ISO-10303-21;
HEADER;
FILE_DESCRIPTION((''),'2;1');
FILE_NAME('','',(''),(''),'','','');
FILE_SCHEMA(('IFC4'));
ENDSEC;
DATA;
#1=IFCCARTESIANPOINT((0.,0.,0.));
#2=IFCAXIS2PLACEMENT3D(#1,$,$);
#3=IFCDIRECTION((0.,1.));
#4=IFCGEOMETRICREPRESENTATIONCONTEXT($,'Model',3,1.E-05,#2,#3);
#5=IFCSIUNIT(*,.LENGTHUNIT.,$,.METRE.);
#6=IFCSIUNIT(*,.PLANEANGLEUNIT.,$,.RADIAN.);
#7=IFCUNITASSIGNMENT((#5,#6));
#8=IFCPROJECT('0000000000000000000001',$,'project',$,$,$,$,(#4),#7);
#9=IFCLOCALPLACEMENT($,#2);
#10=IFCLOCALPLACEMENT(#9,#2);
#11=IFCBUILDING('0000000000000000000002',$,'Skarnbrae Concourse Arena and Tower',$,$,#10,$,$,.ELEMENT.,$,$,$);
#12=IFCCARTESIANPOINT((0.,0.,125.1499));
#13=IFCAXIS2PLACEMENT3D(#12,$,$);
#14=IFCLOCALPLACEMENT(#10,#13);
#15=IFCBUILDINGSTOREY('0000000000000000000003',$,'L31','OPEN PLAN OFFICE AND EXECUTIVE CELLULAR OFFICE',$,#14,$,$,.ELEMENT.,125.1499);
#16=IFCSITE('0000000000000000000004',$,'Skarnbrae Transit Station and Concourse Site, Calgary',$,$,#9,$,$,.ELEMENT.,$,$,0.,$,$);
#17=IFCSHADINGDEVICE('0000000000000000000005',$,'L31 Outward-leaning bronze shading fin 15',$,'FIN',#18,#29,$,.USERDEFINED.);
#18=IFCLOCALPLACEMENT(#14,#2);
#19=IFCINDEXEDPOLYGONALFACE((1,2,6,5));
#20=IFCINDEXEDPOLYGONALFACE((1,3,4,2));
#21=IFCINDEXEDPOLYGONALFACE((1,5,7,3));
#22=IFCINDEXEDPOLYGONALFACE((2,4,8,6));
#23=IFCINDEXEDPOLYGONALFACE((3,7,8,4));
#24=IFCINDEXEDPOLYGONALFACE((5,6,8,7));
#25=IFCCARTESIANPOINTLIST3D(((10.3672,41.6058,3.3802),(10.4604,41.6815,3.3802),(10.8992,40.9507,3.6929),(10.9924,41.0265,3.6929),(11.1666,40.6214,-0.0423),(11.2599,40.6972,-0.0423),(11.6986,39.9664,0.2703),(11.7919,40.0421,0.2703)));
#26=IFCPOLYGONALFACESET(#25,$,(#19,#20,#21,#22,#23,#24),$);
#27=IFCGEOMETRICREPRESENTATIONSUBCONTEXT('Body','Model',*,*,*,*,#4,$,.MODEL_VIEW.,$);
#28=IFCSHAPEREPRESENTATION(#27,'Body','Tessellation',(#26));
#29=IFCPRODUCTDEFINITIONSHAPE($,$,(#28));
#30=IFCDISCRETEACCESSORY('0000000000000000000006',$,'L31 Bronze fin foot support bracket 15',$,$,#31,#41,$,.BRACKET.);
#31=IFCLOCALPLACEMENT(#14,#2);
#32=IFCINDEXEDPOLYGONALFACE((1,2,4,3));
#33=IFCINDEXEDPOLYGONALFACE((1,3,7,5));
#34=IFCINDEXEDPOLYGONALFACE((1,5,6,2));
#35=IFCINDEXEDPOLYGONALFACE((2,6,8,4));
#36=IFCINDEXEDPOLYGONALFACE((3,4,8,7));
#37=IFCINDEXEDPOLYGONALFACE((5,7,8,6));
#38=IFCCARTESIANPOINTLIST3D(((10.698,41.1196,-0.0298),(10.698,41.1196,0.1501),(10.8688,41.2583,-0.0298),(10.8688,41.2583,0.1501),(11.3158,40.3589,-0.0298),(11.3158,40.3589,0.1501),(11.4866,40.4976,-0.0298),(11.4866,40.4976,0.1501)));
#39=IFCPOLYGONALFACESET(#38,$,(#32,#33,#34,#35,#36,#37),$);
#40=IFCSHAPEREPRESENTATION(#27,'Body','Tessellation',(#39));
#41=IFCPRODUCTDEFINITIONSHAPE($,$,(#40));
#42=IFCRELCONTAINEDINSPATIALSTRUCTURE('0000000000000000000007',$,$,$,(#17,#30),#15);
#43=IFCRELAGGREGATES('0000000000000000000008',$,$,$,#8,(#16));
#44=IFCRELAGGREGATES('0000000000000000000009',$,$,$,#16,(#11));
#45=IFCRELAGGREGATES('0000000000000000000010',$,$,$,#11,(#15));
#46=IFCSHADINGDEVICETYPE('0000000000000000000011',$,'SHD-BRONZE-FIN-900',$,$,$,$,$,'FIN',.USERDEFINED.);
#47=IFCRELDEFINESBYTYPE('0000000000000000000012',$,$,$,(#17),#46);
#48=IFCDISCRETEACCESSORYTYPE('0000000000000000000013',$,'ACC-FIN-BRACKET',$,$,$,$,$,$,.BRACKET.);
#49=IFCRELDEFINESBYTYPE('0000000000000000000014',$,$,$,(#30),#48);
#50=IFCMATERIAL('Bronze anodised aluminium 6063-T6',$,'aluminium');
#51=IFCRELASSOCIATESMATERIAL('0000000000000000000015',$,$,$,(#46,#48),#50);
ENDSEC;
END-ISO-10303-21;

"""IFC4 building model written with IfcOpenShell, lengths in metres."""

from ifc_helpers import new_model, si_unit, direction, frame, origin, origin_2d, place, context, subcontext, project, spatial, rectangle, extrude, source, transform, mapped, material, type_object, element, save


model = new_model("IFC4")

# Units and contexts
model_context = context("Model", 3, precision=1e-05, world=origin(), true_north=direction((0.0, 1.0)))
body_context = subcontext(model_context, "Body", "Model", "MODEL_VIEW")
ifc_project = project(units=[si_unit("LENGTHUNIT", "METRE"), si_unit("PLANEANGLEUNIT", "RADIAN")], contexts=[model_context])

# Site, building, storey
site_placement = place(None, origin())
site = spatial("IfcSite", under=ifc_project, at=site_placement, Name="Skarnbrae Transit Station and Concourse Site, Calgary", CompositionType="ELEMENT", RefElevation=0.0)
building_placement = place(site_placement, origin())
building = spatial("IfcBuilding", under=site, at=building_placement, Name="Skarnbrae Concourse Arena and Tower", CompositionType="ELEMENT")
storey_placement = place(building_placement, frame((0.0, 0.0, 125.1499)))
storey = spatial("IfcBuildingStorey", under=building, at=storey_placement, Name="L31", Description="OPEN PLAN OFFICE AND EXECUTIVE CELLULAR OFFICE", CompositionType="ELEMENT", Elevation=125.1499)

# Shared definitions
ifc_material_1 = material(Name="Bronze anodised aluminium 6063-T6", Category="aluminium")

# Shading device
shading_device_type = type_object("IfcShadingDeviceType", Name="SHD-BRONZE-FIN-900", ElementType="FIN", PredefinedType="USERDEFINED", material=ifc_material_1)
shared_shape_1 = source(origin(), body_context, "Body", "SweptSolid", [
    extrude(rectangle(XDim=0.1201, YDim=0.8999, at=origin_2d()), origin(), (0.0, 0.0, 1.0), 3.6499),
])
shading_device_placement = place(storey_placement, frame((11.4792, 40.3318, 0.114), z_axis=(-0.219029, 0.269688, 0.937707), x_axis=(0.776245, 0.630432, 0.0)))
element("IfcShadingDevice", 1, at=shading_device_placement, inside=storey, type_object=shading_device_type, Name="L31 Outward-leaning bronze shading fin 15", ObjectType="FIN", PredefinedType="USERDEFINED", context=body_context, shape_type="MappedRepresentation", body=[
    mapped(shared_shape_1, transform((0.0, 0.0, 0.0))),
])

# Discrete accessory
discrete_accessory_type = type_object("IfcDiscreteAccessoryType", Name="ACC-FIN-BRACKET", PredefinedType="BRACKET", material=ifc_material_1)
shared_shape_2 = source(origin(), body_context, "Body", "SweptSolid", [
    extrude(rectangle(XDim=0.22, YDim=0.98, at=origin_2d()), origin(), (0.0, 0.0, 1.0), 0.1799),
])
discrete_accessory_placement = place(storey_placement, frame((11.0923, 40.8086, -0.0298), z_axis=(0.0, 0.0, 1.0), x_axis=(0.776245, 0.630432, 0.0)))
element("IfcDiscreteAccessory", 2, at=discrete_accessory_placement, inside=storey, type_object=discrete_accessory_type, Name="L31 Bronze fin foot support bracket 15", PredefinedType="BRACKET", context=body_context, shape_type="MappedRepresentation", body=[
    mapped(shared_shape_2, transform((0.0, 0.0, 0.0))),
])

save(model, "model.ifc")
